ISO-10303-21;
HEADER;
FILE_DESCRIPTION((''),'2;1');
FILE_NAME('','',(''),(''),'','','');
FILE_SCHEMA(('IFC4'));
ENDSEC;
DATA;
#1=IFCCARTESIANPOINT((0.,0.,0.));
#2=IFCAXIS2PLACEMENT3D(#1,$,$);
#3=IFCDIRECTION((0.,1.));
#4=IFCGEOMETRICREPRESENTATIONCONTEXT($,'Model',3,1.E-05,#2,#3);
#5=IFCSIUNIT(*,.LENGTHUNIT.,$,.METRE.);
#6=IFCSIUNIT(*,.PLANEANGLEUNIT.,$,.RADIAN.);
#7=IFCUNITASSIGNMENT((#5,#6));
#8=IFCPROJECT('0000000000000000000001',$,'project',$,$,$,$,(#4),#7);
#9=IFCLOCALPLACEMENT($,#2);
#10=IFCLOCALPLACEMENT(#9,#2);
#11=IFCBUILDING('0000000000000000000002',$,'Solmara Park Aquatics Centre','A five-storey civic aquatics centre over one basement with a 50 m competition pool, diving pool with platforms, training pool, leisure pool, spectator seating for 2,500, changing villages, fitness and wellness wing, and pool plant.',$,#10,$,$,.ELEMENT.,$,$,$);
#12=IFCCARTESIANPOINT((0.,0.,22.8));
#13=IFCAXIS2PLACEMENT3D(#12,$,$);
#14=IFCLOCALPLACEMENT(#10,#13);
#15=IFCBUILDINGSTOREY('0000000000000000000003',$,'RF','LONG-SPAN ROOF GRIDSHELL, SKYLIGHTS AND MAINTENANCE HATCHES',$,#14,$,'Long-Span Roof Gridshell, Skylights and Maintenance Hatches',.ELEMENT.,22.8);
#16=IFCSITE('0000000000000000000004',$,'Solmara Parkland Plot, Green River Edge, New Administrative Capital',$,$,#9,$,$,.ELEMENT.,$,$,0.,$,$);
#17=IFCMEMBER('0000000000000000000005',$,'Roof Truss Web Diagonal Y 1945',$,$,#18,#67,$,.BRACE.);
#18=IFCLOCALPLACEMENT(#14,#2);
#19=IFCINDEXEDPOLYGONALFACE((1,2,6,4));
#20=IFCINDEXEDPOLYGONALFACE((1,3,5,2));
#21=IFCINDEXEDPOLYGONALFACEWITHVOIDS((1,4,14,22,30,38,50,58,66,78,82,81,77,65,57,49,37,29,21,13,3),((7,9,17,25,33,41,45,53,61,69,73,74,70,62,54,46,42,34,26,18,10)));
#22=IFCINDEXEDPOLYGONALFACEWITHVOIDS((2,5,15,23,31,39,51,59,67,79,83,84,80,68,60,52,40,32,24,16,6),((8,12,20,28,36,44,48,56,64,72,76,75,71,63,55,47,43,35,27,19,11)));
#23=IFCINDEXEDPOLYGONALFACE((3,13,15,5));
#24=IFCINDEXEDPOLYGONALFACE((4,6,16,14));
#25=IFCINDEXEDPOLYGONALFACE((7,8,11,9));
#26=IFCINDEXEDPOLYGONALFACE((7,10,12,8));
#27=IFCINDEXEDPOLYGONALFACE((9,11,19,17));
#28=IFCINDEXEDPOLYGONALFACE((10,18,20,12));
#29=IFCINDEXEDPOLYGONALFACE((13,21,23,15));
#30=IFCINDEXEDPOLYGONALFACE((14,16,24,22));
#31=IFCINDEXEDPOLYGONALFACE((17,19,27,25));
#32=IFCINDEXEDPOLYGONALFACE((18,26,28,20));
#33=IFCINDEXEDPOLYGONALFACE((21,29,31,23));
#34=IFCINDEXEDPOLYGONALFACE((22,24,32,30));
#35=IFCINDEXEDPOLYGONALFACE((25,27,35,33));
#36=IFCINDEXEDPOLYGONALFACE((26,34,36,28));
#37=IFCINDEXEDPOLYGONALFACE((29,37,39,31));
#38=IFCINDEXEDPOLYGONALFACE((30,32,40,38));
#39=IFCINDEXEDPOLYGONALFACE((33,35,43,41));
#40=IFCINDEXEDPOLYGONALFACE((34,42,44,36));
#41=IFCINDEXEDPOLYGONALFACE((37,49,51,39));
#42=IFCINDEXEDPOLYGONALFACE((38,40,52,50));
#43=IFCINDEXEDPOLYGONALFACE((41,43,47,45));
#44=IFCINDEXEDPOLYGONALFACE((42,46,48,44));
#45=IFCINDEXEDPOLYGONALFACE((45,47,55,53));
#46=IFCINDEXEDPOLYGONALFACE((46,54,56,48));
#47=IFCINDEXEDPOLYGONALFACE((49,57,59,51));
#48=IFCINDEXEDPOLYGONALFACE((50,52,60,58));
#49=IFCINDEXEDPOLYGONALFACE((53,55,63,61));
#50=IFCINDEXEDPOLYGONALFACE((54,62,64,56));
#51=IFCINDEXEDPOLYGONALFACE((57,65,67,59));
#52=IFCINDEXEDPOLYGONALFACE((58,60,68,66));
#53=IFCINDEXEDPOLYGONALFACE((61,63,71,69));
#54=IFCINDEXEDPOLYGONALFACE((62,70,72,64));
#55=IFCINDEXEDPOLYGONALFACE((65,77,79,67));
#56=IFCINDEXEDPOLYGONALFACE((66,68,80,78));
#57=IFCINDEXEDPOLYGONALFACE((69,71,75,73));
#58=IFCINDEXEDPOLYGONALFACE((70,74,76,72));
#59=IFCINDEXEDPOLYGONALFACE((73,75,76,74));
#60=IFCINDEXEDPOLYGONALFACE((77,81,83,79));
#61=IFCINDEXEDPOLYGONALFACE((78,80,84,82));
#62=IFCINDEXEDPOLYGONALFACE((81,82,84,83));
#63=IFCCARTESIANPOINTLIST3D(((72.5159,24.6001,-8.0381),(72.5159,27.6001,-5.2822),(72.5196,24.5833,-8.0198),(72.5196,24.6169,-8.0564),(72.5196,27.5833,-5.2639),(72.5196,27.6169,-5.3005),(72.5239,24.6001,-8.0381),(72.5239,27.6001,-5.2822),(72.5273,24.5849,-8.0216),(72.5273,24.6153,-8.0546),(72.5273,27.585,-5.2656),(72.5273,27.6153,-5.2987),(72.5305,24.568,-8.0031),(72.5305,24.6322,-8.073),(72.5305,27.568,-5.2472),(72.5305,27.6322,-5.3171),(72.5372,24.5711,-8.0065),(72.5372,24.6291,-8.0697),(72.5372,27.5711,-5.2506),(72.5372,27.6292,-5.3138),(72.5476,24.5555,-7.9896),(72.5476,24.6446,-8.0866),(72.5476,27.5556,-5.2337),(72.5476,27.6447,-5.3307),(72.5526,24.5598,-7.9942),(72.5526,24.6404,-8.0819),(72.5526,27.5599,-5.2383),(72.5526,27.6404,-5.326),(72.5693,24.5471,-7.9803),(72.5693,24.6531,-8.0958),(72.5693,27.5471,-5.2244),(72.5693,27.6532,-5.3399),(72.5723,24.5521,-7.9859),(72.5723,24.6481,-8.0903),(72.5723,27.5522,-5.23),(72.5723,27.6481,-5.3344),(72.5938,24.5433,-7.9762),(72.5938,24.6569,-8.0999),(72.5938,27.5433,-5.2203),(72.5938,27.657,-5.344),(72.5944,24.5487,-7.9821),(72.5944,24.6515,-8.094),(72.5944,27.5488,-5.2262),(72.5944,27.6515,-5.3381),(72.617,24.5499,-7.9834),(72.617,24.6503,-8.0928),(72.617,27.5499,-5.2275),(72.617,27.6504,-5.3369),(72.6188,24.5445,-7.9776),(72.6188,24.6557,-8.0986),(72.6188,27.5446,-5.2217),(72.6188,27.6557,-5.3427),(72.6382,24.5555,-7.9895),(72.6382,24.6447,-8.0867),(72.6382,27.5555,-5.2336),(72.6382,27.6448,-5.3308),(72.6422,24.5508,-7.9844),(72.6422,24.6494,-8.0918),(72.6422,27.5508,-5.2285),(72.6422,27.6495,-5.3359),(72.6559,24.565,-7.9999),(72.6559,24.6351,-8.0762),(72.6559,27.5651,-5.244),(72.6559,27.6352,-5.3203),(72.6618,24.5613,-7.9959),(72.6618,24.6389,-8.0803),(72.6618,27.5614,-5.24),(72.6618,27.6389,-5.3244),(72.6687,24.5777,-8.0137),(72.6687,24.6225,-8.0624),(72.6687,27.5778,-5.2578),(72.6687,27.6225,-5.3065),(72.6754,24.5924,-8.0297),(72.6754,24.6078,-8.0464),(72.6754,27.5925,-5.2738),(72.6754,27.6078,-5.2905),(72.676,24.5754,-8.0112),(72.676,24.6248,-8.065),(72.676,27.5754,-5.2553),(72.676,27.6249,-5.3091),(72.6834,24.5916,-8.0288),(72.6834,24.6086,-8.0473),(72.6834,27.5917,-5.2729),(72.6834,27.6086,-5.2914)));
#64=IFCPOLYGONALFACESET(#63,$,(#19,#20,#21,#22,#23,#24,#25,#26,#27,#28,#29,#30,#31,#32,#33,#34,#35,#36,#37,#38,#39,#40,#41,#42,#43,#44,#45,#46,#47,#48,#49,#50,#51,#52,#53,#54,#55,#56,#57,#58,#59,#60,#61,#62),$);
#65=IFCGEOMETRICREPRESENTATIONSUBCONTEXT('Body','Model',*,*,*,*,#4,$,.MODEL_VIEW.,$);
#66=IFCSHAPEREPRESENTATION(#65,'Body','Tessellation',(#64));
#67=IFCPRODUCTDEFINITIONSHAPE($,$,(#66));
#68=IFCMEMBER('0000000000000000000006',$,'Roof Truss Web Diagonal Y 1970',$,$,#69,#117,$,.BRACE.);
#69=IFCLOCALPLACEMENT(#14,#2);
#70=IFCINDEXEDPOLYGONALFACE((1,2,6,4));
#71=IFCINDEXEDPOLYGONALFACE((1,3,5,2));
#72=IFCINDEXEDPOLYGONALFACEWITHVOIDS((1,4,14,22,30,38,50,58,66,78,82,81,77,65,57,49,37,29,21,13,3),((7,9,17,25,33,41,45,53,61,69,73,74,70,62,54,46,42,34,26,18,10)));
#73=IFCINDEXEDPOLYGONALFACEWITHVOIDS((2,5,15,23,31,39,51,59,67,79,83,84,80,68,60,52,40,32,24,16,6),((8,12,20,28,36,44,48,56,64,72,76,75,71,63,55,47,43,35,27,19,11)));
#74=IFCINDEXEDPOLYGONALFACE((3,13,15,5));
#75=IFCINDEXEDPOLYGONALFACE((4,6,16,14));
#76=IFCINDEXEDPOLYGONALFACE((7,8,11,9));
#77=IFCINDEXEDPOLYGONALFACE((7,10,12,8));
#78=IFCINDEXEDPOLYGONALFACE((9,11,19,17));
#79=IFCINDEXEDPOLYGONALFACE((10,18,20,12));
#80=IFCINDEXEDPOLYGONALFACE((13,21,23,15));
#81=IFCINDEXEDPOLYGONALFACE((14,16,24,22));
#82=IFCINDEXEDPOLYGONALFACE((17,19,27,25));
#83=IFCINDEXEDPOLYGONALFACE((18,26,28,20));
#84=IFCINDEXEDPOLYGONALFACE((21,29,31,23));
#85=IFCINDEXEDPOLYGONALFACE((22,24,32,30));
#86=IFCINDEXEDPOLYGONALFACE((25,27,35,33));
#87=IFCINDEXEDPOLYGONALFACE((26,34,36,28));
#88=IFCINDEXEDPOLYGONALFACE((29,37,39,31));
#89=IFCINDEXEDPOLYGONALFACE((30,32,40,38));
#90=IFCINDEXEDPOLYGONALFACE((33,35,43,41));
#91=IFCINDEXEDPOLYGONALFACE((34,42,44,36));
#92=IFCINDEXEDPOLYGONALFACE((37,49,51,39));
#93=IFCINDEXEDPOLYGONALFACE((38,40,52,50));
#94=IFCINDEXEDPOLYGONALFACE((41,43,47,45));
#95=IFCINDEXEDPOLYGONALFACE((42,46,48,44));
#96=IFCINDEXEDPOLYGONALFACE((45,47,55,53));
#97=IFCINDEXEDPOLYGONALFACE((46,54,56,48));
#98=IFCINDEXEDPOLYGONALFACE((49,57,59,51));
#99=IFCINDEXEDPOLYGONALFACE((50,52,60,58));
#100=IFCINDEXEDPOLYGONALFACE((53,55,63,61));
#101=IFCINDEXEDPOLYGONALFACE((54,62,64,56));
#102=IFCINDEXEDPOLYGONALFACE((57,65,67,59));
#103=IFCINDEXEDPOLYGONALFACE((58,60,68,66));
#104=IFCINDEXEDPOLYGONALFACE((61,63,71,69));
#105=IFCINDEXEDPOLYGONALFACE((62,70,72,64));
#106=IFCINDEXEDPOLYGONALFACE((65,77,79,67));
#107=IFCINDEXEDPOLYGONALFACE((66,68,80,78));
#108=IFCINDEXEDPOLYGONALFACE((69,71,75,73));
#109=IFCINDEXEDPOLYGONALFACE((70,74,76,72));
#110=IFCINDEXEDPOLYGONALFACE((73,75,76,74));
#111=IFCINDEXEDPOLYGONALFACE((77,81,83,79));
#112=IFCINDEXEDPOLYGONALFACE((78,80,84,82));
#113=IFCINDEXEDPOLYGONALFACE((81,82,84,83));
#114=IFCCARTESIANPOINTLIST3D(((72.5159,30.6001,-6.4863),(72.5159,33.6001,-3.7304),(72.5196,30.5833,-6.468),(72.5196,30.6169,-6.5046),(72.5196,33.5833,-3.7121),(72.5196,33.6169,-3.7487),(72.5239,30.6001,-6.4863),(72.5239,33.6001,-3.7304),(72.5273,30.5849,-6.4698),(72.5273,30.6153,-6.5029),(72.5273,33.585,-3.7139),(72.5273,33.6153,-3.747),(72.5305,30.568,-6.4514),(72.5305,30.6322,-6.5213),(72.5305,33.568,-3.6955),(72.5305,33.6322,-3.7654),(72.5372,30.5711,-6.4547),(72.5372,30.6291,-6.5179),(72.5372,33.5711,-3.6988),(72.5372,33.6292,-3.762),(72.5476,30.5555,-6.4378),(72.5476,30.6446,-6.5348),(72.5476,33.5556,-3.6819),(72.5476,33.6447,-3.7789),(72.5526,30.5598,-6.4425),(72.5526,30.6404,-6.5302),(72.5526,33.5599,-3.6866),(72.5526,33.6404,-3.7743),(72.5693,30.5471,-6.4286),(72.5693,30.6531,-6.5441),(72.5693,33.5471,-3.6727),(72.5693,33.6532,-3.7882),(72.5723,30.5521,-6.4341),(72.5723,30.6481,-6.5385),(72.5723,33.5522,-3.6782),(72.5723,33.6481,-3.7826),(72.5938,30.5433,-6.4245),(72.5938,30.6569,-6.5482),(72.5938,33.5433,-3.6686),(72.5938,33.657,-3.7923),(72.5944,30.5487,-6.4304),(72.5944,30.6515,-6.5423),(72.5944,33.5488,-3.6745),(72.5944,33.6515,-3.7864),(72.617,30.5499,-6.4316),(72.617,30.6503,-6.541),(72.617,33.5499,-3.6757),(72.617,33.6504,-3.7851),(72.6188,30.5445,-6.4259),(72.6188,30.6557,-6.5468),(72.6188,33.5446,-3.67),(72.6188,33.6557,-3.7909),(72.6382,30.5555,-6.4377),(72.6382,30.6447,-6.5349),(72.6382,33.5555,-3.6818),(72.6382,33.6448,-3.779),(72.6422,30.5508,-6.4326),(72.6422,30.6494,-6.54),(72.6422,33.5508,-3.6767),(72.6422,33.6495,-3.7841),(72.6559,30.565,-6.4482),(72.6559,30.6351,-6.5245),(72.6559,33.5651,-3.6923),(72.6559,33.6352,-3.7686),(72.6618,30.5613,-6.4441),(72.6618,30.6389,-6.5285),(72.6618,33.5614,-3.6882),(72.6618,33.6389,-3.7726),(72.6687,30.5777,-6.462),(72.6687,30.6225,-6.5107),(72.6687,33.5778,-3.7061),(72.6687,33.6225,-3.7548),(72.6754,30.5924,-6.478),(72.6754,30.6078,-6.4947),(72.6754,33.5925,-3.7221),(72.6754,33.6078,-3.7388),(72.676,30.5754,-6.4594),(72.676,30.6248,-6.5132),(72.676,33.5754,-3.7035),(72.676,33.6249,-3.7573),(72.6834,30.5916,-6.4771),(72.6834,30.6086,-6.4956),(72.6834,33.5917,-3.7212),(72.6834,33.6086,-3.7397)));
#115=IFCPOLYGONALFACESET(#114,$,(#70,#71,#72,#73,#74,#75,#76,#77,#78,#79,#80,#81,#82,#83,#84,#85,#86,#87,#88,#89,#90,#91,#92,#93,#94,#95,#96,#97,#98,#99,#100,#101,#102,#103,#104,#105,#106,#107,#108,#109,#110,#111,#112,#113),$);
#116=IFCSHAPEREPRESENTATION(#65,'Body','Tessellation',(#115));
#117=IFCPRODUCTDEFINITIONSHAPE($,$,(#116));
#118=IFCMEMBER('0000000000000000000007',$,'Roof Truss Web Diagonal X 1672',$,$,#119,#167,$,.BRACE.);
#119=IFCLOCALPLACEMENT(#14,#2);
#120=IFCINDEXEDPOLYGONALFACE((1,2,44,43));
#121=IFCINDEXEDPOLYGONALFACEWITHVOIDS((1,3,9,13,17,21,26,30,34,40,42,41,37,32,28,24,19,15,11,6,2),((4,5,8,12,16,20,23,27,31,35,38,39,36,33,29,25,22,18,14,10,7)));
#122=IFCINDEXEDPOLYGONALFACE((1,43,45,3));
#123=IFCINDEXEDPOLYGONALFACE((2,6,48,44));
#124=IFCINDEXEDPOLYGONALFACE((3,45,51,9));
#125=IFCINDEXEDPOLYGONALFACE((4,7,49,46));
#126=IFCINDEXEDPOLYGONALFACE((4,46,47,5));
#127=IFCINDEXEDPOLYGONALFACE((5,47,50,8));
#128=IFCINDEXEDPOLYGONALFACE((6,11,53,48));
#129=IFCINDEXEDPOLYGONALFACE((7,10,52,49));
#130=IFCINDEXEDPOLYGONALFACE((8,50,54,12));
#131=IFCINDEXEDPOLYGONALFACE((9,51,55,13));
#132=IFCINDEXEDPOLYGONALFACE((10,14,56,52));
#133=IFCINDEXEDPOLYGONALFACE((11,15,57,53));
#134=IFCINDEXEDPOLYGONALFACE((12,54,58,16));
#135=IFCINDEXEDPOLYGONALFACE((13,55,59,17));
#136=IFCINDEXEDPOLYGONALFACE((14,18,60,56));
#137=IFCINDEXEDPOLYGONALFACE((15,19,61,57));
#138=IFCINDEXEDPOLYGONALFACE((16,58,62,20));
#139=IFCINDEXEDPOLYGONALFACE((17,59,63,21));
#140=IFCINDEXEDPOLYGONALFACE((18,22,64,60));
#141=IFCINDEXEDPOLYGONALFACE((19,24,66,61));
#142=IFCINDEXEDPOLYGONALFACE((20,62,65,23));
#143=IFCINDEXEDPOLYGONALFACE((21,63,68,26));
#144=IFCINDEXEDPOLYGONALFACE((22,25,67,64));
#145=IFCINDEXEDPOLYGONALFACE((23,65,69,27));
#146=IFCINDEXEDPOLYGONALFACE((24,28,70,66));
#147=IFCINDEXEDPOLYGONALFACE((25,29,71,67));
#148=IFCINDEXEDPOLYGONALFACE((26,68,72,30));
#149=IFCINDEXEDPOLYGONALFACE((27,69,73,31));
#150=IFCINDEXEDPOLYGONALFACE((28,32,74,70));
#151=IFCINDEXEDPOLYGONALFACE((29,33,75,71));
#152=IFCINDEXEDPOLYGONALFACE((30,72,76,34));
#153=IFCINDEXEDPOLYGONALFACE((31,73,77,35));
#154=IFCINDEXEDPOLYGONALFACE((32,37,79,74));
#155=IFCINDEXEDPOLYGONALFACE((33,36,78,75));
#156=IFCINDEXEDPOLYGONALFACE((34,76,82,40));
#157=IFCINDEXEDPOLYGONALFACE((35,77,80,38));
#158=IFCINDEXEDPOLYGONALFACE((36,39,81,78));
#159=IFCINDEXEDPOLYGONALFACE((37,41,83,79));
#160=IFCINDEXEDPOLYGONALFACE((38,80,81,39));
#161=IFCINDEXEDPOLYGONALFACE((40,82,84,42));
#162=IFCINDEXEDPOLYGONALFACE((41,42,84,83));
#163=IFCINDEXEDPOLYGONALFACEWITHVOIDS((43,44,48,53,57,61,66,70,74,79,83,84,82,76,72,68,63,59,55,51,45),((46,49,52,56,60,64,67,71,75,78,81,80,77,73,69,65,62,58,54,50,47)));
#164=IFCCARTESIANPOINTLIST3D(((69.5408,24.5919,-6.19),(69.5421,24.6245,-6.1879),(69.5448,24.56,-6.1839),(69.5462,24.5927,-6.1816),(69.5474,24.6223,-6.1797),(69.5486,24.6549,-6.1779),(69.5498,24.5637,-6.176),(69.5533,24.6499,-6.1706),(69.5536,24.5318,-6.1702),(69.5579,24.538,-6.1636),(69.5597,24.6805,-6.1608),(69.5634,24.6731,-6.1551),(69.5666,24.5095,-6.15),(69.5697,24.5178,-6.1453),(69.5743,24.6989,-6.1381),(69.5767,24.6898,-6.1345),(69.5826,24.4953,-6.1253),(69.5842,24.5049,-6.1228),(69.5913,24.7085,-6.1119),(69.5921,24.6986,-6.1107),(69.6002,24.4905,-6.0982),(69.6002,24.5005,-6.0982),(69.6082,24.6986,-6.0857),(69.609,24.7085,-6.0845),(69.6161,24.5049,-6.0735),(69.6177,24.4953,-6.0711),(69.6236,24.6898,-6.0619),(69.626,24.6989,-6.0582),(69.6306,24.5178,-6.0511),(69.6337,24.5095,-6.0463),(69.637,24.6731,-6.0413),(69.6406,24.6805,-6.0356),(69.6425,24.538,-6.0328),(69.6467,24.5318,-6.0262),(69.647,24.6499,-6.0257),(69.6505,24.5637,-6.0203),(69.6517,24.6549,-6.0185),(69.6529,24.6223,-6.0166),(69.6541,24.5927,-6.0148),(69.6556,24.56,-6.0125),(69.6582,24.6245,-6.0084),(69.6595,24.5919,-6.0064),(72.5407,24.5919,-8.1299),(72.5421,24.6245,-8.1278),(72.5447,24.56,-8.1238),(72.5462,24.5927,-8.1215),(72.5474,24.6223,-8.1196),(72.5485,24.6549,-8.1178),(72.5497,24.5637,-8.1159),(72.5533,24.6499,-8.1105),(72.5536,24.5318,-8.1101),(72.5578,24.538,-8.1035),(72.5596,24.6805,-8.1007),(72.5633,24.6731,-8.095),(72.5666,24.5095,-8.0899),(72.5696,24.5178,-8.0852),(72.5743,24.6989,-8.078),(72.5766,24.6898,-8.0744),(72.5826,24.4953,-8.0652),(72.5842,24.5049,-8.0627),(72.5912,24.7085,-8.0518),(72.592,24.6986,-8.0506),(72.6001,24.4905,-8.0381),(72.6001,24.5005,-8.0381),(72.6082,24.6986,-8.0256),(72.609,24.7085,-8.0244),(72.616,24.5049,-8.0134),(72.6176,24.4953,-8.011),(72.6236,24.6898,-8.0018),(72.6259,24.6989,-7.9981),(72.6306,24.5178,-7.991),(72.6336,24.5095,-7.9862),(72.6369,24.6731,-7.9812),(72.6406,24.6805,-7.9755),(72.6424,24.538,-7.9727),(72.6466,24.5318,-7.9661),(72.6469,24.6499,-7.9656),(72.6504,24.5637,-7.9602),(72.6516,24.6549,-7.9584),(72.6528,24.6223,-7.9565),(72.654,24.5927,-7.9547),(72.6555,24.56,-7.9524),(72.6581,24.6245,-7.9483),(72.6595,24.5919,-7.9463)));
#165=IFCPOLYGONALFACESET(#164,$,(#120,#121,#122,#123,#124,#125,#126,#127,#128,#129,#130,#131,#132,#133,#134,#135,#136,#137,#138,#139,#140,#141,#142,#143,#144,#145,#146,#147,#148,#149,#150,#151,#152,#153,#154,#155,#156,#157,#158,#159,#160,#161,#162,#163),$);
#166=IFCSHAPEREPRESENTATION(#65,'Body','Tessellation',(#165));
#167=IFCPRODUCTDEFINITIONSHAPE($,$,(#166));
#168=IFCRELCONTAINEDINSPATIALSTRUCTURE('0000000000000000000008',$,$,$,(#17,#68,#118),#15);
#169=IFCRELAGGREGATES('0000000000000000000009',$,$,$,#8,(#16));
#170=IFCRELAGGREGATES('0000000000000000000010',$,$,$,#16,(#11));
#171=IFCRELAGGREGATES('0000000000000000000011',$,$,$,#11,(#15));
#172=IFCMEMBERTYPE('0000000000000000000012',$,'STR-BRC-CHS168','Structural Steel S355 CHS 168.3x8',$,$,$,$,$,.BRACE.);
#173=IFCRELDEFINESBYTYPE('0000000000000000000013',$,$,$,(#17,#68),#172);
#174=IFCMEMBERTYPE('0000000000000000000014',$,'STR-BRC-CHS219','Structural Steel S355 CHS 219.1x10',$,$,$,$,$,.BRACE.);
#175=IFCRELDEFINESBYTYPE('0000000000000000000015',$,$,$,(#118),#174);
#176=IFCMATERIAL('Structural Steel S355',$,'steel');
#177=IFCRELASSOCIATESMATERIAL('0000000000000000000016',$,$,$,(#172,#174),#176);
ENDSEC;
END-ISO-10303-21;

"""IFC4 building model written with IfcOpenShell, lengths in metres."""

from ifc_helpers import new_model, si_unit, direction, frame, origin, origin_2d, place, context, subcontext, project, spatial, hollow_circle, extrude, material, material_profile, profile_set, type_object, element, save


model = new_model("IFC4")

# Units and contexts
model_context = context("Model", 3, precision=1e-05, world=origin(), true_north=direction((0.0, 1.0)))
body_context = subcontext(model_context, "Body", "Model", "MODEL_VIEW")
ifc_project = project(units=[si_unit("LENGTHUNIT", "METRE"), si_unit("PLANEANGLEUNIT", "RADIAN")], contexts=[model_context])

# Site, building, storey
site_placement = place(None, origin())
site = spatial("IfcSite", under=ifc_project, at=site_placement, Name="Solmara Parkland Plot, Green River Edge, New Administrative Capital", CompositionType="ELEMENT", RefElevation=0.0)
building_placement = place(site_placement, origin())
building = spatial("IfcBuilding", under=site, at=building_placement, Name="Solmara Park Aquatics Centre", Description="A five-storey civic aquatics centre over one basement with a 50 m competition pool, diving pool with platforms, training pool, leisure pool, spectator seating for 2,500, changing villages, fitness and wellness wing, and pool plant.", CompositionType="ELEMENT")
storey_placement = place(building_placement, frame((0.0, 0.0, 22.8)))
storey = spatial("IfcBuildingStorey", under=building, at=storey_placement, Name="RF", Description="LONG-SPAN ROOF GRIDSHELL, SKYLIGHTS AND MAINTENANCE HATCHES", LongName="Long-Span Roof Gridshell, Skylights and Maintenance Hatches", CompositionType="ELEMENT", Elevation=22.8)

# Members
ifc_material_1 = material(Name="Structural Steel S355", Category="steel")
ifc_material_profile_1 = material_profile(ifc_material_1, hollow_circle(Radius=0.0842, WallThickness=0.0081, at=origin_2d()), Name="CHS 168.3x8")
ifc_profile_set_1 = profile_set([ifc_material_profile_1], Name="Structural Steel S355")
member_type_1 = type_object("IfcMemberType", Name="STR-BRC-CHS168", Description="Structural Steel S355 CHS 168.3x8", PredefinedType="BRACE", material=ifc_profile_set_1)
for number, where, z_axis, x_axis, name in (
    (1, (72.6001, 24.6001, -8.0381), (0.0, 0.736437, 0.676506), (-1.0, 0.0, 0.0), "Roof Truss Web Diagonal Y 1945"),
    (2, (72.6001, 30.6001, -6.4863), (0.0, 0.736437, 0.676506), (-1.0, 0.0, 0.0), "Roof Truss Web Diagonal Y 1970"),
):
    element("IfcMember", number, at=place(storey_placement, frame(where, z_axis=z_axis, x_axis=x_axis)), inside=storey, type_object=member_type_1, Name=name, PredefinedType="BRACE", context=body_context, shape_type="SweptSolid", body=[
        extrude(hollow_circle(Radius=0.0842, WallThickness=0.0081, at=origin_2d()), origin(), (0.0, 0.0, 1.0), 4.0737),
    ])
ifc_material_profile_2 = material_profile(ifc_material_1, hollow_circle(Radius=0.1096, WallThickness=0.01, at=origin_2d()), Name="CHS 219.1x10")
ifc_profile_set_2 = profile_set([ifc_material_profile_2], Name="Structural Steel S355")
member_type_2 = type_object("IfcMemberType", Name="STR-BRC-CHS219", Description="Structural Steel S355 CHS 219.1x10", PredefinedType="BRACE", material=ifc_profile_set_2)
for number, where, z_axis, x_axis, name in (
    (3, (72.6001, 24.6001, -8.0381), (-0.839728, 0.0, 0.543008), (0.0, -1.0, 0.0), "Roof Truss Web Diagonal X 1672"),
):
    element("IfcMember", number, at=place(storey_placement, frame(where, z_axis=z_axis, x_axis=x_axis)), inside=storey, type_object=member_type_2, Name=name, PredefinedType="BRACE", context=body_context, shape_type="SweptSolid", body=[
        extrude(hollow_circle(Radius=0.1096, WallThickness=0.01, at=origin_2d()), origin(), (0.0, 0.0, 1.0), 3.5725),
    ])

save(model, "model.ifc")
